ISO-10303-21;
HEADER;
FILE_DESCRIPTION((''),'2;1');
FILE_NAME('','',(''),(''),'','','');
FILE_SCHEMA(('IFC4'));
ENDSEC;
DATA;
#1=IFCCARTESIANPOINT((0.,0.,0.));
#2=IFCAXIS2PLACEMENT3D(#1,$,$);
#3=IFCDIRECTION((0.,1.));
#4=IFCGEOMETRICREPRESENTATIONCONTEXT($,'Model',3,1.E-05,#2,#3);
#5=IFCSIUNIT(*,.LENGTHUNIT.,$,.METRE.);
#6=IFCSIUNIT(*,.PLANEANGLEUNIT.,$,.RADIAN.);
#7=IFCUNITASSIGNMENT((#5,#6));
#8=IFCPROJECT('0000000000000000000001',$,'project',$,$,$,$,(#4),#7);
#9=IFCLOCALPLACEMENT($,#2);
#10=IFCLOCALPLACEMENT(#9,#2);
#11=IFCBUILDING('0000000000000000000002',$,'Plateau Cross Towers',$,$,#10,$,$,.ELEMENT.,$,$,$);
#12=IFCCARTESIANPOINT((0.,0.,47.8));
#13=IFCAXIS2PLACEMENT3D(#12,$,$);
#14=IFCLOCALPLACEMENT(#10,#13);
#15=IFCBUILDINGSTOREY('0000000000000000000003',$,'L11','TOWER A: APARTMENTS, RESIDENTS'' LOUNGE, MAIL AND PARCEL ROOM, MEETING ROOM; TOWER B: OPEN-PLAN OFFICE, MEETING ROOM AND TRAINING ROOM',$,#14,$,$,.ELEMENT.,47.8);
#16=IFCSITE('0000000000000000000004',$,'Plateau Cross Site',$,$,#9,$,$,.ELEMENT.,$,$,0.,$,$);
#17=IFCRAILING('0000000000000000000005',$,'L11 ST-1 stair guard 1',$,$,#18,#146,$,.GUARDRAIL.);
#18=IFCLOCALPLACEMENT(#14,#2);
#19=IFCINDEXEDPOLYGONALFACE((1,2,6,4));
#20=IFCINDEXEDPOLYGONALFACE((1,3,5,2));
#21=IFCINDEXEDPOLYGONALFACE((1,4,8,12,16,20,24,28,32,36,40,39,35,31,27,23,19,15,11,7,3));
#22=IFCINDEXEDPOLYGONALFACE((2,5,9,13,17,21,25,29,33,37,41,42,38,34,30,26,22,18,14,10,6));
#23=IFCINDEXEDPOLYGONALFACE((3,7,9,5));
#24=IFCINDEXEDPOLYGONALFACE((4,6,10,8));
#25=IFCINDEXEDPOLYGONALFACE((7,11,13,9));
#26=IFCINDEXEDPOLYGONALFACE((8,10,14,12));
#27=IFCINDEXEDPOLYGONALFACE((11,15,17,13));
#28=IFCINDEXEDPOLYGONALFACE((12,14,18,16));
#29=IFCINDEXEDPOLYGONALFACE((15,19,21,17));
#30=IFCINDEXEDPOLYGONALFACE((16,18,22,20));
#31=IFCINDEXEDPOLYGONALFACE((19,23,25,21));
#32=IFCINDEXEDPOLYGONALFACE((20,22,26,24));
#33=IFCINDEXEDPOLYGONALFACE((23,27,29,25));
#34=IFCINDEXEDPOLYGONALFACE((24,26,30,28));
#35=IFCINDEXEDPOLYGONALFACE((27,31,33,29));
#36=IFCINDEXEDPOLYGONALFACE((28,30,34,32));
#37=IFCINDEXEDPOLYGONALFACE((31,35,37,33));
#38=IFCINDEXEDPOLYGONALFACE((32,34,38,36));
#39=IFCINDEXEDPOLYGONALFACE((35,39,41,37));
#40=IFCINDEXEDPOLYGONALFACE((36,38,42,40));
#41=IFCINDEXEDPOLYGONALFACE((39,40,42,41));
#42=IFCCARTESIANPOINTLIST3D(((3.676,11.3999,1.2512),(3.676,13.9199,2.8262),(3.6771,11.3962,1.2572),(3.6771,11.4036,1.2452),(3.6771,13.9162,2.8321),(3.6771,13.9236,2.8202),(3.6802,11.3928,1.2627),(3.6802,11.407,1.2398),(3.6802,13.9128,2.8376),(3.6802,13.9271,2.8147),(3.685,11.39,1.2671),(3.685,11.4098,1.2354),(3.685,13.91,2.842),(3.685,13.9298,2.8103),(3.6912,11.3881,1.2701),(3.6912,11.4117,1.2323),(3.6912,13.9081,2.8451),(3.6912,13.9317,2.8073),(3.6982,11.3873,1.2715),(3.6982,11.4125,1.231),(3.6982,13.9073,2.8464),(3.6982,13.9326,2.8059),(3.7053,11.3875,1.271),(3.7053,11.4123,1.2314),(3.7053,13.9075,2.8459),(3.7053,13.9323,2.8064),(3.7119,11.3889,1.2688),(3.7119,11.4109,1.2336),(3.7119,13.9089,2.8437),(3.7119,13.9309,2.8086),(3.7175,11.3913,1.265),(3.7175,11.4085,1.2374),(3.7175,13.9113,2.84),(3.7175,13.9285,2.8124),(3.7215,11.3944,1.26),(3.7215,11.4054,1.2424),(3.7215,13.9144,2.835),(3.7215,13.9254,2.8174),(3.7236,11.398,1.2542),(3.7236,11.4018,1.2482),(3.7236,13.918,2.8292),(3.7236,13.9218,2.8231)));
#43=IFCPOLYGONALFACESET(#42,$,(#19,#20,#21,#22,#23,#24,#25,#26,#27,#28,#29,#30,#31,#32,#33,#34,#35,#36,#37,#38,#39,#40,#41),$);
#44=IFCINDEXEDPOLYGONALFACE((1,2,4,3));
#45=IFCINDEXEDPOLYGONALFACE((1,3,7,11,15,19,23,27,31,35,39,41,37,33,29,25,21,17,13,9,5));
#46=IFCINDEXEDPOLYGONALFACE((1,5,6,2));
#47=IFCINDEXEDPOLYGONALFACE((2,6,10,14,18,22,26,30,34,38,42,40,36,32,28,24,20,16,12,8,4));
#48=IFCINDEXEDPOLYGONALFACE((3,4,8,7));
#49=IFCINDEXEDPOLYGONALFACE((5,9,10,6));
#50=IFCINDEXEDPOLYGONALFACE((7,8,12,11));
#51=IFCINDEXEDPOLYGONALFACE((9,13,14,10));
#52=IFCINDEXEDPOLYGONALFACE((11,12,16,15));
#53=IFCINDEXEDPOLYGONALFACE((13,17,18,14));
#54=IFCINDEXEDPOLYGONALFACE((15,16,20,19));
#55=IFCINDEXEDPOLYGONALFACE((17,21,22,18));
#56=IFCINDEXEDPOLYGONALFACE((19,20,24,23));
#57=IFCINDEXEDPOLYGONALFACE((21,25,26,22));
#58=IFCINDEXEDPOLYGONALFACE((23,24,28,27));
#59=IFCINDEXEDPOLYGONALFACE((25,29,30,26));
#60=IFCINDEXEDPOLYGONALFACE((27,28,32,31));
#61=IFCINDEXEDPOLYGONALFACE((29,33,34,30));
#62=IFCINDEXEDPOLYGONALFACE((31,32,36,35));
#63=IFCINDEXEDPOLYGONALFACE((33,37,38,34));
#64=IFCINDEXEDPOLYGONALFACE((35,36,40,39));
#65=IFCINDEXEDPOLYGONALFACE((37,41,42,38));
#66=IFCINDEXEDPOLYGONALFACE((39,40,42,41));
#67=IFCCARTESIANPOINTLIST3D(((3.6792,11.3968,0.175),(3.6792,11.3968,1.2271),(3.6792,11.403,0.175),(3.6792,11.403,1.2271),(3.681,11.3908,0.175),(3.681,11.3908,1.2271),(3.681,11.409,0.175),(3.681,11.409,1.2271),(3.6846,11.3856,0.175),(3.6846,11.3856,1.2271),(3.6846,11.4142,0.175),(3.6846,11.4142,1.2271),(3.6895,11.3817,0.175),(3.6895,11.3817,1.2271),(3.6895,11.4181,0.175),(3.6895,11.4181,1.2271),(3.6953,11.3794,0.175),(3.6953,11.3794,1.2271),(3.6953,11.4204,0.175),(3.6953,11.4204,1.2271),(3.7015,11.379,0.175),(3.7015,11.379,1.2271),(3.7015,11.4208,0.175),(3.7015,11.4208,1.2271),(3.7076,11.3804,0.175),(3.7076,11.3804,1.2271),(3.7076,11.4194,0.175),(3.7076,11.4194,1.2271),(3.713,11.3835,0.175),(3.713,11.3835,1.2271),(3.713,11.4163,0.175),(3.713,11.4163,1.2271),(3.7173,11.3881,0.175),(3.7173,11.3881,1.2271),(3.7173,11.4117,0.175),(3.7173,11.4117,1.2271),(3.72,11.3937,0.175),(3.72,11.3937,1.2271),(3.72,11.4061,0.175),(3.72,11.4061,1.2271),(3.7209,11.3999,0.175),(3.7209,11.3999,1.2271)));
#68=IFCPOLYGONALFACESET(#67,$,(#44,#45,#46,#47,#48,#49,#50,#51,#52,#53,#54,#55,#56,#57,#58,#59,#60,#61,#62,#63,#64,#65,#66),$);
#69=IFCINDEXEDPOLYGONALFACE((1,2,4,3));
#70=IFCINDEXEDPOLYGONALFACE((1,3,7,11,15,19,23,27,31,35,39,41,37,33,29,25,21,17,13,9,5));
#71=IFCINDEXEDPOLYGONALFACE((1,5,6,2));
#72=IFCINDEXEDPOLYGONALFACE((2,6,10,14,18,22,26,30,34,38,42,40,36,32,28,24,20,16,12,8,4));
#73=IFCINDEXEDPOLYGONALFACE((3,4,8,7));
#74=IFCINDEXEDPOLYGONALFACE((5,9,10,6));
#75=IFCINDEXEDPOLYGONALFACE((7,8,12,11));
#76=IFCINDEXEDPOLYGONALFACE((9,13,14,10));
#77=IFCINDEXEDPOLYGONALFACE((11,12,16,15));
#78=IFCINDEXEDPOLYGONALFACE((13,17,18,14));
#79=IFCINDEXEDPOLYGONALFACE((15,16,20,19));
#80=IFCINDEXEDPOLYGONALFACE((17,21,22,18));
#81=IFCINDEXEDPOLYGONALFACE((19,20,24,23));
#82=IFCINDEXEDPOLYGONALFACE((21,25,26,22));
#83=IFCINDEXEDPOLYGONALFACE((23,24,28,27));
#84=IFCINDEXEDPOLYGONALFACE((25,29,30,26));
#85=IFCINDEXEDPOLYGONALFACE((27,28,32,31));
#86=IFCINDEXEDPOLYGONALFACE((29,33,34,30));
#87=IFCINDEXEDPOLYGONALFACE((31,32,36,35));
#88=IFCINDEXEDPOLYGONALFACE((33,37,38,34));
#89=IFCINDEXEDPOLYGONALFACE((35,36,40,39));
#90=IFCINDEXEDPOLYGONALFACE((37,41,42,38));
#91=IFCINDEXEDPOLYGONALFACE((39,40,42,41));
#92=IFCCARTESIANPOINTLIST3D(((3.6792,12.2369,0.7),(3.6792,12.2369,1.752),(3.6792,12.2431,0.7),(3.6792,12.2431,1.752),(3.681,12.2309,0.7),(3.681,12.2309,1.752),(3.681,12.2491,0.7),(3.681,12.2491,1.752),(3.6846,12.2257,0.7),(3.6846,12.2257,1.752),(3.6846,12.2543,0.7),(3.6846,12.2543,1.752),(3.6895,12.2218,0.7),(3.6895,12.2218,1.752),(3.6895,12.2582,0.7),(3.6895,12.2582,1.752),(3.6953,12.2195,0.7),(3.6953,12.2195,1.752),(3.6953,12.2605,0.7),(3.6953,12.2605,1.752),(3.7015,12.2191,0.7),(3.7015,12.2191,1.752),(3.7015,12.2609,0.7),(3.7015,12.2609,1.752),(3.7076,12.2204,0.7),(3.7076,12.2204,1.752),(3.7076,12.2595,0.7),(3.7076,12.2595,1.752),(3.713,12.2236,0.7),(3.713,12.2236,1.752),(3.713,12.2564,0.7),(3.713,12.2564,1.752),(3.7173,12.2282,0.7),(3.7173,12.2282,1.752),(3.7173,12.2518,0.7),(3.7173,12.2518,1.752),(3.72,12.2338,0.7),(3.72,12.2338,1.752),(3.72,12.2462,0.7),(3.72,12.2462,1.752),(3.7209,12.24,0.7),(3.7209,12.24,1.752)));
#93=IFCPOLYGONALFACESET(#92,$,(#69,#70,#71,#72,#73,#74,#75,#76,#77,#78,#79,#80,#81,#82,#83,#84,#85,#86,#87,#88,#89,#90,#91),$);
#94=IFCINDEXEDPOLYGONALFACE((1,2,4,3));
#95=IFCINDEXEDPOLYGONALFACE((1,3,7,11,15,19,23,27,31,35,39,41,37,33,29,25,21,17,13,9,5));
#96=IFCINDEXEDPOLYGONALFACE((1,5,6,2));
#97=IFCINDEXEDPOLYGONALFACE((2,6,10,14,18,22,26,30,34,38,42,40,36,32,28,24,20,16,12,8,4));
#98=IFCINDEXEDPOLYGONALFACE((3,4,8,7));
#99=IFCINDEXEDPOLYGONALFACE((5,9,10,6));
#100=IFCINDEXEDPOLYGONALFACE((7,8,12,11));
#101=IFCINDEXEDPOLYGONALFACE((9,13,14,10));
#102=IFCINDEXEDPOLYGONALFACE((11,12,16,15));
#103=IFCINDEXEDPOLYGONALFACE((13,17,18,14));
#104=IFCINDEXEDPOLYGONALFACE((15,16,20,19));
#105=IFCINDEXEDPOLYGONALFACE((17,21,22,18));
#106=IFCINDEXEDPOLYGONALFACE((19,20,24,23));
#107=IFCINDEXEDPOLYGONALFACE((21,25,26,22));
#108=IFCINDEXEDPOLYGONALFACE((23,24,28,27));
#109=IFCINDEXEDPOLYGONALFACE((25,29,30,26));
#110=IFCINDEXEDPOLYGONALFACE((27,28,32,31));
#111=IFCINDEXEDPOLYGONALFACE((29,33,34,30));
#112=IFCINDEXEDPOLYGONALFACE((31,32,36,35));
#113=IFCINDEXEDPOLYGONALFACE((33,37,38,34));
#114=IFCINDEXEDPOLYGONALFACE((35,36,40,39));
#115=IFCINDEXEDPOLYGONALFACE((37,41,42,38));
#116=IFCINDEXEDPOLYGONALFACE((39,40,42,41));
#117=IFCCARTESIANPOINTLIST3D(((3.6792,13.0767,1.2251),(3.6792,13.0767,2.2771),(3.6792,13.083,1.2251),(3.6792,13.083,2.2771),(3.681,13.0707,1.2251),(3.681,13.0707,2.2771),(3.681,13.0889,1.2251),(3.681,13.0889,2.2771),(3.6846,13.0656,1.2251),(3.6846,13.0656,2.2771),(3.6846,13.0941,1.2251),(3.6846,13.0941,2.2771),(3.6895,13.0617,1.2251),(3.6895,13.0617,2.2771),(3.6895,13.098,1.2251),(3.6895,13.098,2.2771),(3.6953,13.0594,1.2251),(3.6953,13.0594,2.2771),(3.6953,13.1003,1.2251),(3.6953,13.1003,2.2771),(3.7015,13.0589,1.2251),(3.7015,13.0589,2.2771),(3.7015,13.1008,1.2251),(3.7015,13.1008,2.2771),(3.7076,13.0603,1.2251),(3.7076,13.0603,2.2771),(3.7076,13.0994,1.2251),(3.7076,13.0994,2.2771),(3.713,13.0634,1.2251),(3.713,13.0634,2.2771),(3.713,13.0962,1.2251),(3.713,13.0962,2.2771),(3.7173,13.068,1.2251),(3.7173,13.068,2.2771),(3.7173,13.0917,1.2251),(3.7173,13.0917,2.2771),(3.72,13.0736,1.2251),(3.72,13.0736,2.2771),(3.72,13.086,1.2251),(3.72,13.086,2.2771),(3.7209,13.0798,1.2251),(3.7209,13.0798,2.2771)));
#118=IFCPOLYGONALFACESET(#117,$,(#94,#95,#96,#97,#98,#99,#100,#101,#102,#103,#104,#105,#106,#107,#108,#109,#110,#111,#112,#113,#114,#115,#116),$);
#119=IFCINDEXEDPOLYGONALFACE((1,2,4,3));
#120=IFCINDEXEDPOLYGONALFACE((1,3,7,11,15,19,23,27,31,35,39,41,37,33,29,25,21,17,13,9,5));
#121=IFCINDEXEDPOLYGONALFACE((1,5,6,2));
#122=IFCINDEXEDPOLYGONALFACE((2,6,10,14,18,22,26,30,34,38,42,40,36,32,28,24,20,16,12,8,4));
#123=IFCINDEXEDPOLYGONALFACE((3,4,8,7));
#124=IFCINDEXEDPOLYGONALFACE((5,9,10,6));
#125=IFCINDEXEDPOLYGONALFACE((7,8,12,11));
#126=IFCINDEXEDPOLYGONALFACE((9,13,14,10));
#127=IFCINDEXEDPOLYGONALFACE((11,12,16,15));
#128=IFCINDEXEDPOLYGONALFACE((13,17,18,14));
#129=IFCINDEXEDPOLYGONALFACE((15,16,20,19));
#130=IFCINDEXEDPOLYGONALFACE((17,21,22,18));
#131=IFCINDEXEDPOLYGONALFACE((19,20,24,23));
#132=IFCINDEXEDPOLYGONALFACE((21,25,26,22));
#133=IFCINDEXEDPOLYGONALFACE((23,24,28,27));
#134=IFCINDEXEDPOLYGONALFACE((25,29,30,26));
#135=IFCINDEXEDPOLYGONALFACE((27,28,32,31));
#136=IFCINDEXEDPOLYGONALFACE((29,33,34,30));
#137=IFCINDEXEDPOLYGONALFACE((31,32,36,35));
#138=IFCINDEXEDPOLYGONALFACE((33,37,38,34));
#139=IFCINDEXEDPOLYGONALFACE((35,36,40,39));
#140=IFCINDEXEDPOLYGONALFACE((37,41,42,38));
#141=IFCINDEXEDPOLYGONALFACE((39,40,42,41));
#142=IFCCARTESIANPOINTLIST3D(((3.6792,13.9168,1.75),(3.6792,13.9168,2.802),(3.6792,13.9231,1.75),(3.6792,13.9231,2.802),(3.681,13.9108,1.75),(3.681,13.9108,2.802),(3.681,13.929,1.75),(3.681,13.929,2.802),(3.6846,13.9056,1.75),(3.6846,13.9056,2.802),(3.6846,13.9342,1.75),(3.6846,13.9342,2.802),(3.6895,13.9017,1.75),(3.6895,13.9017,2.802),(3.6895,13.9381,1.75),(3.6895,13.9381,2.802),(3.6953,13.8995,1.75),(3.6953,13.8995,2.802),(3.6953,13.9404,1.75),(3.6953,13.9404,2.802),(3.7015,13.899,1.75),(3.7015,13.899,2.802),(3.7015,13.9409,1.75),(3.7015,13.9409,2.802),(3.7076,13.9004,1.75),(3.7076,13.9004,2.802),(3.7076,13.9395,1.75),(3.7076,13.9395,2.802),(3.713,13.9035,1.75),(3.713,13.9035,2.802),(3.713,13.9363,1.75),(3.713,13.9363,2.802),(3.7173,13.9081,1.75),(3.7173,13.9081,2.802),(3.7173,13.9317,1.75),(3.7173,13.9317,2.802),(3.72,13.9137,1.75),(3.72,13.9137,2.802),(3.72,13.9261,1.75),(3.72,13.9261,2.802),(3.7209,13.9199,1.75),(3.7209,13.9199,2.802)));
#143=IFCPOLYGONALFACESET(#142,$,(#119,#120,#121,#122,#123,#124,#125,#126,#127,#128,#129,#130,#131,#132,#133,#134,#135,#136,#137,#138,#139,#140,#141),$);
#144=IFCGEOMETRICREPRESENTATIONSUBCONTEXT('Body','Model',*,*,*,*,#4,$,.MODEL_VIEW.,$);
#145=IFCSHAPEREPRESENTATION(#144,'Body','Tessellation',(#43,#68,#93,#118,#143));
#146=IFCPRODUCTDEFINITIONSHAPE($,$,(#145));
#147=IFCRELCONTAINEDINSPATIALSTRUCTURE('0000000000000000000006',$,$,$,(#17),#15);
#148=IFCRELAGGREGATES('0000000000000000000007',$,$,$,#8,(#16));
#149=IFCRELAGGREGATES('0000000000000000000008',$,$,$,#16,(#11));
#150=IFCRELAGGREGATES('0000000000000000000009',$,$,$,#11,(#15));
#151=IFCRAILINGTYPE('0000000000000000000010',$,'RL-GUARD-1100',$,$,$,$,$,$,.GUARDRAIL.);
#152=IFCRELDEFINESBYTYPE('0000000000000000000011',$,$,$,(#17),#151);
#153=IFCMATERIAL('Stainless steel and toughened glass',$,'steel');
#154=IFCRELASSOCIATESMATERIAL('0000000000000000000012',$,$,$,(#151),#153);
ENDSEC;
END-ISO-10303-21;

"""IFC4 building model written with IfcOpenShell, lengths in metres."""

from ifc_helpers import new_model, si_unit, direction, frame, origin, origin_2d, place, context, subcontext, project, spatial, circle, extrude, material, type_object, element, save


model = new_model("IFC4")

# Units and contexts
model_context = context("Model", 3, precision=1e-05, world=origin(), true_north=direction((0.0, 1.0)))
body_context = subcontext(model_context, "Body", "Model", "MODEL_VIEW")
ifc_project = project(units=[si_unit("LENGTHUNIT", "METRE"), si_unit("PLANEANGLEUNIT", "RADIAN")], contexts=[model_context])

# Site, building, storey
site_placement = place(None, origin())
site = spatial("IfcSite", under=ifc_project, at=site_placement, Name="Plateau Cross Site", CompositionType="ELEMENT", RefElevation=0.0)
building_placement = place(site_placement, origin())
building = spatial("IfcBuilding", under=site, at=building_placement, Name="Plateau Cross Towers", CompositionType="ELEMENT")
storey_placement = place(building_placement, frame((0.0, 0.0, 47.8)))
storey = spatial("IfcBuildingStorey", under=building, at=storey_placement, Name="L11", Description="TOWER A: APARTMENTS, RESIDENTS' LOUNGE, MAIL AND PARCEL ROOM, MEETING ROOM; TOWER B: OPEN-PLAN OFFICE, MEETING ROOM AND TRAINING ROOM", CompositionType="ELEMENT", Elevation=47.8)

# Railing
ifc_material_1 = material(Name="Stainless steel and toughened glass", Category="steel")
railing_type = type_object("IfcRailingType", Name="RL-GUARD-1100", PredefinedType="GUARDRAIL", material=ifc_material_1)
railing_1_placement = place(storey_placement, frame((3.7, 11.3999, 0.175)))
element("IfcRailing", 1, at=railing_1_placement, inside=storey, type_object=railing_type, Name="L11 ST-1 stair guard 1", PredefinedType="GUARDRAIL", context=body_context, shape_type="SweptSolid", body=[
    extrude(circle(Radius=0.0239, at=origin_2d()), frame((0.0, 0.0, 1.0762), z_axis=(0.0, 0.848008, 0.529984), x_axis=(-1.0, 0.0, 0.0)), (0.0, 0.0, 1.0), 2.9717),
    extrude(circle(Radius=0.021, at=origin_2d()), origin(), (0.0, 0.0, 1.0), 1.052),
    extrude(circle(Radius=0.021, at=origin_2d()), frame((0.0, 0.8401, 0.5249)), (0.0, 0.0, 1.0), 1.052),
    extrude(circle(Radius=0.021, at=origin_2d()), frame((0.0, 1.6799, 1.05)), (0.0, 0.0, 1.0), 1.052),
    extrude(circle(Radius=0.021, at=origin_2d()), frame((0.0, 2.52, 1.575)), (0.0, 0.0, 1.0), 1.052),
])

save(model, "model.ifc")
